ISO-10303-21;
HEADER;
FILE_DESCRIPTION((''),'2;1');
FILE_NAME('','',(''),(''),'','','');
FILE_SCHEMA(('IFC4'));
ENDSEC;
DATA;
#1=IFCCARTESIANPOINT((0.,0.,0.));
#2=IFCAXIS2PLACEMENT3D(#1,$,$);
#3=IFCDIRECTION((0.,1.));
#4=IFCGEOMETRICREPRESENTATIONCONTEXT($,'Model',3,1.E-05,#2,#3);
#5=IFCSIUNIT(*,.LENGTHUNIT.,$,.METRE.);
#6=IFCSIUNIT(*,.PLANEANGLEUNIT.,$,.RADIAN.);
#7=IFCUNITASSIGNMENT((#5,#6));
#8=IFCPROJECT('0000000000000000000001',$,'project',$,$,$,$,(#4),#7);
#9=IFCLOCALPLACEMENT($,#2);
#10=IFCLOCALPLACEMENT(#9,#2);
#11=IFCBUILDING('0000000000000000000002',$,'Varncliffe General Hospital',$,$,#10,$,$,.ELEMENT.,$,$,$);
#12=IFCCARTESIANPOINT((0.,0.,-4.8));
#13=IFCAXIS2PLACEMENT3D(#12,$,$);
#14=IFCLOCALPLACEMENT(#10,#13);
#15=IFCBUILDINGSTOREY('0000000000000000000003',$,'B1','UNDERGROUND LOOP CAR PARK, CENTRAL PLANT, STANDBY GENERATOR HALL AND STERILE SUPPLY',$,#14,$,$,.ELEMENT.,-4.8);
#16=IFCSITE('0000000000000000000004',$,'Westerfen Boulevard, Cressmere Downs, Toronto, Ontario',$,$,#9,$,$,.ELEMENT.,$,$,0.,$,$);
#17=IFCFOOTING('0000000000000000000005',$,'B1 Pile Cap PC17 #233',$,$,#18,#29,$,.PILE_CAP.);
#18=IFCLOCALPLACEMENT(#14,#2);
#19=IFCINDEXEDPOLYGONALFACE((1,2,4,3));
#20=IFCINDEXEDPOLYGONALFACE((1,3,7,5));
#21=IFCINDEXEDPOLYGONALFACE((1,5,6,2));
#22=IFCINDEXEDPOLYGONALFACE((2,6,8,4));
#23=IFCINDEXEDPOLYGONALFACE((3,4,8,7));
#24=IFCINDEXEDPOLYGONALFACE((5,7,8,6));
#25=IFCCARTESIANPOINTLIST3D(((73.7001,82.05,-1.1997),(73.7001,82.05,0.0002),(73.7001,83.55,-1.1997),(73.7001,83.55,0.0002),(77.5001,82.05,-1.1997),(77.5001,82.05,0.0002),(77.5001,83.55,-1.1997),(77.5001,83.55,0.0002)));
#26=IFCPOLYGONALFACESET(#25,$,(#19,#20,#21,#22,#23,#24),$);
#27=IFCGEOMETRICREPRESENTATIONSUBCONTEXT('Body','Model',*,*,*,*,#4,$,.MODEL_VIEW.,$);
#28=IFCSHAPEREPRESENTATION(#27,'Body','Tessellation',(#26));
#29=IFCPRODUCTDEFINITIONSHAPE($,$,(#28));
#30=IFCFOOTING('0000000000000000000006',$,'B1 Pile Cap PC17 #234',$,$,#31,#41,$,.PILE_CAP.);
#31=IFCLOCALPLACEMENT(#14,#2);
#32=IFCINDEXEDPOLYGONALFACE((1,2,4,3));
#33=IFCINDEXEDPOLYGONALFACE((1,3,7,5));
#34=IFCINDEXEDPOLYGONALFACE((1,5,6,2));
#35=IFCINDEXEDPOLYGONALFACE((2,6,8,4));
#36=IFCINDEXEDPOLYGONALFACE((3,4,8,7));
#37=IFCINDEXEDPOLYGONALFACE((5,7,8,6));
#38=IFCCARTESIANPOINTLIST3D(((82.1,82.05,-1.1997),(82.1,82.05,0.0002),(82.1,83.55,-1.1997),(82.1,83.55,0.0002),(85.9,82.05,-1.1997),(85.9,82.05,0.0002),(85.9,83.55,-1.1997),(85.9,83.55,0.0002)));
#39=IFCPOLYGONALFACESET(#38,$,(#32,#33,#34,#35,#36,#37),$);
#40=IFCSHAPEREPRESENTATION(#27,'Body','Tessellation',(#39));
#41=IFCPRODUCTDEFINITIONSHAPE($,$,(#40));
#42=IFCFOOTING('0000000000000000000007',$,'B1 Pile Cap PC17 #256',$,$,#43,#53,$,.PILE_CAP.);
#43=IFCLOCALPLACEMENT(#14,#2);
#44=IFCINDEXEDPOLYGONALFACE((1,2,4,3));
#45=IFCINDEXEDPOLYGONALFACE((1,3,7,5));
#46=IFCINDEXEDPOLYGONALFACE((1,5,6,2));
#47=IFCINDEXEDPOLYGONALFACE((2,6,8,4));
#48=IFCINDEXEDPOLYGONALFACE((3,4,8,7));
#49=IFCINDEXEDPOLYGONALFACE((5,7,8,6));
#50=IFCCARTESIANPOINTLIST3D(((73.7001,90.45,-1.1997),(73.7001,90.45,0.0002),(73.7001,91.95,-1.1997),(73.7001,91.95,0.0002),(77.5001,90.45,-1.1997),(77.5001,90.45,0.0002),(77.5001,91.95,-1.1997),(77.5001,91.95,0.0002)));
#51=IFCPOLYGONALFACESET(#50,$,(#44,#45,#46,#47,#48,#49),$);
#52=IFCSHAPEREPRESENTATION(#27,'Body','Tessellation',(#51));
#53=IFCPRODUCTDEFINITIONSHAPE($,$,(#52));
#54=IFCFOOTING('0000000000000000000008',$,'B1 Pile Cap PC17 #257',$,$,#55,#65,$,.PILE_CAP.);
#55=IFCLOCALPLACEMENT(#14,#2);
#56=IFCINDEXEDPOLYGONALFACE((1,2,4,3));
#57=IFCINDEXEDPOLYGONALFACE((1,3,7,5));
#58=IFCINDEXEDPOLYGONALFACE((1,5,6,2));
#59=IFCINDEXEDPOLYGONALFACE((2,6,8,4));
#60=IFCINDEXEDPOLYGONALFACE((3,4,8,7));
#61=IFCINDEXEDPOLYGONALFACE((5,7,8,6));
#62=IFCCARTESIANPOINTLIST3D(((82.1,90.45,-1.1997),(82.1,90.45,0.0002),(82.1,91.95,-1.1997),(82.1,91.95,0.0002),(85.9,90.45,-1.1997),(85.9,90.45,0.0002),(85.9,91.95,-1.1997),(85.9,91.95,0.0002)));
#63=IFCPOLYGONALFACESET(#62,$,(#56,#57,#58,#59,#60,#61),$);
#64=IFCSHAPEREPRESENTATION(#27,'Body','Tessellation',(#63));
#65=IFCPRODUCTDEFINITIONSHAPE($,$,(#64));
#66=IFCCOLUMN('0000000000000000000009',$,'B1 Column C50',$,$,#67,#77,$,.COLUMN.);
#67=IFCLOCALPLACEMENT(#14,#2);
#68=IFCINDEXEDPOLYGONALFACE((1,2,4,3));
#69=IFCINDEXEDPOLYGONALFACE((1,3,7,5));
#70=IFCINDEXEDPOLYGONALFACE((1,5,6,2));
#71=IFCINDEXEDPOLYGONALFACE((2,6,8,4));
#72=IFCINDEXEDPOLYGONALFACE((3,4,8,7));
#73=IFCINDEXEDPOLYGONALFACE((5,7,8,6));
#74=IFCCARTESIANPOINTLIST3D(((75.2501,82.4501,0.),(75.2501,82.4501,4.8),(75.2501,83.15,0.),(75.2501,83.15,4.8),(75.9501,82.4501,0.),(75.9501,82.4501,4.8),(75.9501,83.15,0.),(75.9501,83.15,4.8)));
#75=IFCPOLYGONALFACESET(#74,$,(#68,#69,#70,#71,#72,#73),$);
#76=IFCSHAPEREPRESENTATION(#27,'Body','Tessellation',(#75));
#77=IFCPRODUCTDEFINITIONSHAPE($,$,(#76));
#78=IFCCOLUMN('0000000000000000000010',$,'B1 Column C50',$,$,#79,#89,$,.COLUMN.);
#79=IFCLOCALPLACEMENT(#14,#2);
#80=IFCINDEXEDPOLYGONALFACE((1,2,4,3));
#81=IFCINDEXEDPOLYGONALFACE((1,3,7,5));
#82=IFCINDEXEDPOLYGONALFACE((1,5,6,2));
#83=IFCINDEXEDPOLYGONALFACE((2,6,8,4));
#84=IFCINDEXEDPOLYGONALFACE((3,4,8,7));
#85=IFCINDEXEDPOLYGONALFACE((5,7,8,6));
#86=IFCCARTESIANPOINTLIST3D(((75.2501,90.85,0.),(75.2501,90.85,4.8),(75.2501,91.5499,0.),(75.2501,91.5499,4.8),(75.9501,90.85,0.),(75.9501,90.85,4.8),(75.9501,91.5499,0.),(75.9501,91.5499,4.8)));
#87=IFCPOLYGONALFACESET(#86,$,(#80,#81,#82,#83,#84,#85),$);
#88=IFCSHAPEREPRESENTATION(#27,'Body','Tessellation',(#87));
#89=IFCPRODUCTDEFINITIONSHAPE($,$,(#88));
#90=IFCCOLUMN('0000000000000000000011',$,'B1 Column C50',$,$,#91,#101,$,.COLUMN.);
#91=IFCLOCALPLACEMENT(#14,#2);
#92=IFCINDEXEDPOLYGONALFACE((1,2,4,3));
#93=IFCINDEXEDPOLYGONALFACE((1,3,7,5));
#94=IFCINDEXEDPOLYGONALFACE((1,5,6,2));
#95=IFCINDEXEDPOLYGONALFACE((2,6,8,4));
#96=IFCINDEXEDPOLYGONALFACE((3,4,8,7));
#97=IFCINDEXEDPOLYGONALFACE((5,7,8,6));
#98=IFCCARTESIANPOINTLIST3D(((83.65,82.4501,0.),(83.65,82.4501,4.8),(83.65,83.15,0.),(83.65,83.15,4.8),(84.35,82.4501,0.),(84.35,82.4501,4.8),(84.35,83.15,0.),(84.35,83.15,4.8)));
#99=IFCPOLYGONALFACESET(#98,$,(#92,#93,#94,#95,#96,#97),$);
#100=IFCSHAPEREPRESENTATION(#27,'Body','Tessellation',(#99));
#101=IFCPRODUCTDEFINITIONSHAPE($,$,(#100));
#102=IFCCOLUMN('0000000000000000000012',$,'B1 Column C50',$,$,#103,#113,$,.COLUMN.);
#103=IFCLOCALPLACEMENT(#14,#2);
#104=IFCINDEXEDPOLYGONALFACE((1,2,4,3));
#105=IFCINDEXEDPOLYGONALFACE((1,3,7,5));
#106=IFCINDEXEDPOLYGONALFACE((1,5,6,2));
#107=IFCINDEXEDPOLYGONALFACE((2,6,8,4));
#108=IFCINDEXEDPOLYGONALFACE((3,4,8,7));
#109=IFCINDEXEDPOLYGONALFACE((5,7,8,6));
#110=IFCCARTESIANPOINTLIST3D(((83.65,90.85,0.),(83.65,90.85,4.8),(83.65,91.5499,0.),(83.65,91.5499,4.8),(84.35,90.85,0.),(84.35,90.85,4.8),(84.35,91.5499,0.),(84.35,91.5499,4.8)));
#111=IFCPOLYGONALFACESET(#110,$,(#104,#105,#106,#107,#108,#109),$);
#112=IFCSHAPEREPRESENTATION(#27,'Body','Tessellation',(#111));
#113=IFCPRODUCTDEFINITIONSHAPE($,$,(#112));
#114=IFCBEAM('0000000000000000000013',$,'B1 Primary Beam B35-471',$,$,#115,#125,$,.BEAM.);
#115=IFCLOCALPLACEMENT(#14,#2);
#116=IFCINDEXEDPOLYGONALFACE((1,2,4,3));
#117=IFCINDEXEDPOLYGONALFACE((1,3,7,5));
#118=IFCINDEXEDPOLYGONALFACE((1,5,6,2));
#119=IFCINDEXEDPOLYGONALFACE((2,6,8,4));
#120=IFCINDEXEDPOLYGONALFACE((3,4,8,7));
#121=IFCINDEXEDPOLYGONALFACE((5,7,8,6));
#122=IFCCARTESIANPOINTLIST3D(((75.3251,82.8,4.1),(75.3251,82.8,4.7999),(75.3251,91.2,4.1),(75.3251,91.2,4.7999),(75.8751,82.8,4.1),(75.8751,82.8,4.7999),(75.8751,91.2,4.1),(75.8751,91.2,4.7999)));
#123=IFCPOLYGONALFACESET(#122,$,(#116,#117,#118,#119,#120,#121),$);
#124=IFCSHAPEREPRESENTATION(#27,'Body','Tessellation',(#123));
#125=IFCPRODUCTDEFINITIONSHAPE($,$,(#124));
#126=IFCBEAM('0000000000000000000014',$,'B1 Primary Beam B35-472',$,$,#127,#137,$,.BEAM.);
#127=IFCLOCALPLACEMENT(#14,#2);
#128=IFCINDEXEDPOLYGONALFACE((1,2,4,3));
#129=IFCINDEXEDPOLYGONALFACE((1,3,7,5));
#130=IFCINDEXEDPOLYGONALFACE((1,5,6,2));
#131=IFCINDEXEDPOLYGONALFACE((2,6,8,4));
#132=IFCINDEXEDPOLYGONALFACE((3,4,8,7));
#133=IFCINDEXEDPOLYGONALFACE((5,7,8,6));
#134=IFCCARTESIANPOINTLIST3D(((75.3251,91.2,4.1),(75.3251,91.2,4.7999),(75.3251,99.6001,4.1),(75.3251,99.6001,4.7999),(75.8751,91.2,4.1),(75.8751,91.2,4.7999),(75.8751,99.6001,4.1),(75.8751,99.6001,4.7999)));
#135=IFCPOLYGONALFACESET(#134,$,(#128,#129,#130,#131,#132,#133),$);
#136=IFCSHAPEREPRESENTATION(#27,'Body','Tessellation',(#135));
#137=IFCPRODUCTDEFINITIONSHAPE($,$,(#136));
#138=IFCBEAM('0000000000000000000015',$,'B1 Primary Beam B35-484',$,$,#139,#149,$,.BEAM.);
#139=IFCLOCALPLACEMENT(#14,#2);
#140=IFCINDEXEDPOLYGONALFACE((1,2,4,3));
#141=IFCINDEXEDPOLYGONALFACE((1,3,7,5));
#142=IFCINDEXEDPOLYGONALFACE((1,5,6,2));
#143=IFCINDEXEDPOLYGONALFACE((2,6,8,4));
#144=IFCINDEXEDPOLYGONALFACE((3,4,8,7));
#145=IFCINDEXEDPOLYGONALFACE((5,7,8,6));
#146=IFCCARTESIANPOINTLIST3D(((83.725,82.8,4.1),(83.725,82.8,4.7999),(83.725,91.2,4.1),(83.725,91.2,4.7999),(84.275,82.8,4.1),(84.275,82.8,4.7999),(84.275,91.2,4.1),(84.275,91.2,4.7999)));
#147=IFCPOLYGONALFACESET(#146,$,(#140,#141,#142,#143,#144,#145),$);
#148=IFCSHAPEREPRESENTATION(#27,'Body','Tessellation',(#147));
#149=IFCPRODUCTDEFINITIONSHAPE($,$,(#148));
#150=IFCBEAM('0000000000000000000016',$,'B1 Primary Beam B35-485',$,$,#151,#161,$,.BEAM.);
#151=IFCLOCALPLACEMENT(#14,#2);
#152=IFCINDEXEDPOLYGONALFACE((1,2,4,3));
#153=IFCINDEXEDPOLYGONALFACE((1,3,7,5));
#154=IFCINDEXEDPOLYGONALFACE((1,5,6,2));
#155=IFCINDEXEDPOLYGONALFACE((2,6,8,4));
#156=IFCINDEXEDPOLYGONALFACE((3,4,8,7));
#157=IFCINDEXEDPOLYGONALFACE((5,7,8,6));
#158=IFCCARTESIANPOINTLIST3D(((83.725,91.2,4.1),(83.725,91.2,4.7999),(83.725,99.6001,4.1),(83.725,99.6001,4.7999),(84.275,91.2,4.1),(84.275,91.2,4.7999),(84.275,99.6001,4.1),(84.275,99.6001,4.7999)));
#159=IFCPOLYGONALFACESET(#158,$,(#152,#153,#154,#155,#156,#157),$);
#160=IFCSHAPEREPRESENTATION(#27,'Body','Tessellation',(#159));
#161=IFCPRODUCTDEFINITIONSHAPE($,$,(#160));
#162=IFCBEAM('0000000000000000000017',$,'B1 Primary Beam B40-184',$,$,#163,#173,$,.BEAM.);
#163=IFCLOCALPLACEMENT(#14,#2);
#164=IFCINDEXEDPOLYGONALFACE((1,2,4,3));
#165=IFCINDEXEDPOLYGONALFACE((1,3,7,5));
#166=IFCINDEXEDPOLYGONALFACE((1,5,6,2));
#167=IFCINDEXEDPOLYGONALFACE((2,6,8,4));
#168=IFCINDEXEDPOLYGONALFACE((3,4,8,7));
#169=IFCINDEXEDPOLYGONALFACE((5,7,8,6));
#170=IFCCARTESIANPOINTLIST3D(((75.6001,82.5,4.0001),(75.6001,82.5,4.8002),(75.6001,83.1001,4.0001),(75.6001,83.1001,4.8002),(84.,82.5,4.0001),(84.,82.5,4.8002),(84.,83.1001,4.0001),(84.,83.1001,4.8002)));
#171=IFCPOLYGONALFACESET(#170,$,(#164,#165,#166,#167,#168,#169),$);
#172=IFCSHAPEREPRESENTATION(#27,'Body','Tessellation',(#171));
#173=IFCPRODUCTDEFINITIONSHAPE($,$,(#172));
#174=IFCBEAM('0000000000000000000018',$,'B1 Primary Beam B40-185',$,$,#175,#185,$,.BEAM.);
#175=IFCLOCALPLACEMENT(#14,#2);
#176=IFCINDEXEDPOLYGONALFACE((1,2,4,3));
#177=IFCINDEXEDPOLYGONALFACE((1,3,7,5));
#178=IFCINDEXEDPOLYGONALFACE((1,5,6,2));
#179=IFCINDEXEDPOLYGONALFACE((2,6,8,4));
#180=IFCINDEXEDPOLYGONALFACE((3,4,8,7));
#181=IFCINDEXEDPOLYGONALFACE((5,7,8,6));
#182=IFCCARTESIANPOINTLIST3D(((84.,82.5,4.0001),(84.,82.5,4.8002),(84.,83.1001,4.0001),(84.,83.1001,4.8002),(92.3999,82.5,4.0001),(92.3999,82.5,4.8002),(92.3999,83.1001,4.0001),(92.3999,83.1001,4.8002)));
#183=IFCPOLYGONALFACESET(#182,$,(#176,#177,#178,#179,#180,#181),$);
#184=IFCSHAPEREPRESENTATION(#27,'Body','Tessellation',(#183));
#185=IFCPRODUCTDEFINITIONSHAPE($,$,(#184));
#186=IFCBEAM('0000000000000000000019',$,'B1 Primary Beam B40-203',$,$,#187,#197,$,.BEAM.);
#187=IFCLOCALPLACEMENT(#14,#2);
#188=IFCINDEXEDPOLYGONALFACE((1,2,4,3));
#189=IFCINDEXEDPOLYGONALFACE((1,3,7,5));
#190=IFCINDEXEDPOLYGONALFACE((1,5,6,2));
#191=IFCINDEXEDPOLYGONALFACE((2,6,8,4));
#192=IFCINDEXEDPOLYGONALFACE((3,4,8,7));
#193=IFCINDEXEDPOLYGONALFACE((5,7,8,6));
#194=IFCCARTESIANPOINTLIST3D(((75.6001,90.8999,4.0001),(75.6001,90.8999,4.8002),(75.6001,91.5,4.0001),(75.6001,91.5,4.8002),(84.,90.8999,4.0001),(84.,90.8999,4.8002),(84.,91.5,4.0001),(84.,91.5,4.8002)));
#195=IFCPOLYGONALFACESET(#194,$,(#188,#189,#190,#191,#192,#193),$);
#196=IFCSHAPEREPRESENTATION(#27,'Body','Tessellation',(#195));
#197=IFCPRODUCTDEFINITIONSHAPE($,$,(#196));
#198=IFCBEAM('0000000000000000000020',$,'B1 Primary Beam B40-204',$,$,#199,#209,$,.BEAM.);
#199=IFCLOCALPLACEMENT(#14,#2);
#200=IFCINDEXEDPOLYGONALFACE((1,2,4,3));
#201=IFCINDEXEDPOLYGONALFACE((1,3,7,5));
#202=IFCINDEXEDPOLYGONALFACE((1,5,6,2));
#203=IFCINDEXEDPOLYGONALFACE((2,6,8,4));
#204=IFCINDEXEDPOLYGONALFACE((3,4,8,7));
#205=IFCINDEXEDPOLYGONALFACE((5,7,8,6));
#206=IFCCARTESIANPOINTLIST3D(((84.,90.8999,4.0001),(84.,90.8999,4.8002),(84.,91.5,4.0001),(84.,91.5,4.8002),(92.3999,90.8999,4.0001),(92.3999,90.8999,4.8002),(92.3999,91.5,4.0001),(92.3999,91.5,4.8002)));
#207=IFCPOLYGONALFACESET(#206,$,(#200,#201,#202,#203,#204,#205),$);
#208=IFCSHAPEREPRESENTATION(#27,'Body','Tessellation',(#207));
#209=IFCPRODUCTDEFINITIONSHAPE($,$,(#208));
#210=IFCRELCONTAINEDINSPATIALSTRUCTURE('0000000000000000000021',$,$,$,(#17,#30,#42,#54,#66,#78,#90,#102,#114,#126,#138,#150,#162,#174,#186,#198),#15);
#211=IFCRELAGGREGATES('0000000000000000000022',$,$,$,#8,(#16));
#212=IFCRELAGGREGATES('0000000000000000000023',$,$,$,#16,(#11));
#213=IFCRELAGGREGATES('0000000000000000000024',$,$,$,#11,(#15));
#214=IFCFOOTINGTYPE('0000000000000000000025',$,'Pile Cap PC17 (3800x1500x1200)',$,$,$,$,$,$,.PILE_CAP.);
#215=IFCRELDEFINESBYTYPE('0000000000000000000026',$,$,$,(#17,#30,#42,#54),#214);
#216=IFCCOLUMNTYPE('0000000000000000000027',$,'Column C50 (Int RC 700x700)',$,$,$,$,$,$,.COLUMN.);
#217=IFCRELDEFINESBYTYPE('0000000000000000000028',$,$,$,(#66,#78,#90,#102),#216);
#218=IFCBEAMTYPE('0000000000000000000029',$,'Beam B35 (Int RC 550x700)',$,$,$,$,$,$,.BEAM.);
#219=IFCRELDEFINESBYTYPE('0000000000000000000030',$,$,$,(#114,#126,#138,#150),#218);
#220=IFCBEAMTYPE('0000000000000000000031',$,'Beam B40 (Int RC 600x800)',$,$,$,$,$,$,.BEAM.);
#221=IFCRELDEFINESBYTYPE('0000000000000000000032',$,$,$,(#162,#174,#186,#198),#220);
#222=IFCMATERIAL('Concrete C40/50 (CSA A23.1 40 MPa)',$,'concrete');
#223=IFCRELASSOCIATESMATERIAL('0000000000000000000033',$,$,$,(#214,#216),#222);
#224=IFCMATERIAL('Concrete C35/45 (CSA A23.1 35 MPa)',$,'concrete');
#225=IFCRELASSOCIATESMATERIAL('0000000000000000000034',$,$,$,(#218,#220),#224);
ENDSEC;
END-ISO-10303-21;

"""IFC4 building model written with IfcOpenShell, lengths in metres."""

from ifc_helpers import new_model, si_unit, direction, frame, origin, origin_2d, place, context, subcontext, project, spatial, rectangle, extrude, material, material_profile, profile_set, type_object, element, save


model = new_model("IFC4")

# Units and contexts
model_context = context("Model", 3, precision=1e-05, world=origin(), true_north=direction((0.0, 1.0)))
body_context = subcontext(model_context, "Body", "Model", "MODEL_VIEW")
ifc_project = project(units=[si_unit("LENGTHUNIT", "METRE"), si_unit("PLANEANGLEUNIT", "RADIAN")], contexts=[model_context])

# Site, building, storey
site_placement = place(None, origin())
site = spatial("IfcSite", under=ifc_project, at=site_placement, Name="Westerfen Boulevard, Cressmere Downs, Toronto, Ontario", CompositionType="ELEMENT", RefElevation=0.0)
building_placement = place(site_placement, origin())
building = spatial("IfcBuilding", under=site, at=building_placement, Name="Varncliffe General Hospital", CompositionType="ELEMENT")
storey_placement = place(building_placement, frame((0.0, 0.0, -4.8)))
storey = spatial("IfcBuildingStorey", under=building, at=storey_placement, Name="B1", Description="UNDERGROUND LOOP CAR PARK, CENTRAL PLANT, STANDBY GENERATOR HALL AND STERILE SUPPLY", CompositionType="ELEMENT", Elevation=-4.8)

# Shared definitions
ifc_material_1 = material(Name="Concrete C40/50 (CSA A23.1 40 MPa)", Category="concrete")

# Footings
footing_type = type_object("IfcFootingType", Name="Pile Cap PC17 (3800x1500x1200)", PredefinedType="PILE_CAP", material=ifc_material_1)
for number, where, z_axis, x_axis, name in (
    (1, (75.6001, 82.8, -1.1997), (0.0, 0.0, 1.0), (1.0, 0.0, 0.0), "B1 Pile Cap PC17 #233"),
    (2, (84.0, 82.8, -1.1997), (0.0, 0.0, 1.0), (1.0, 0.0, 0.0), "B1 Pile Cap PC17 #234"),
    (3, (75.6001, 91.2, -1.1997), (0.0, 0.0, 1.0), (1.0, 0.0, 0.0), "B1 Pile Cap PC17 #256"),
    (4, (84.0, 91.2, -1.1997), (0.0, 0.0, 1.0), (1.0, 0.0, 0.0), "B1 Pile Cap PC17 #257"),
):
    element("IfcFooting", number, at=place(storey_placement, frame(where, z_axis=z_axis, x_axis=x_axis)), inside=storey, type_object=footing_type, Name=name, PredefinedType="PILE_CAP", context=body_context, shape_type="SweptSolid", body=[
        extrude(rectangle(XDim=3.8, YDim=1.5, at=origin_2d()), origin(), (0.0, 0.0, 1.0), 1.2),
    ])

# Columns
ifc_material_profile_1 = material_profile(ifc_material_1, rectangle(XDim=0.7, YDim=0.7, at=origin_2d()), Name="RC 700x700")
ifc_profile_set_1 = profile_set([ifc_material_profile_1], Name="Concrete C40/50 (CSA A23.1 40 MPa)")
column_type = type_object("IfcColumnType", Name="Column C50 (Int RC 700x700)", PredefinedType="COLUMN", material=ifc_profile_set_1)
for number, where, z_axis, x_axis, name in (
    (5, (75.6001, 82.8, 0.0), (0.0, 0.0, 1.0), (1.0, 0.0, 0.0), "B1 Column C50"),
    (6, (75.6001, 91.2, 0.0), (0.0, 0.0, 1.0), (1.0, 0.0, 0.0), "B1 Column C50"),
    (7, (84.0, 82.8, 0.0), (0.0, 0.0, 1.0), (1.0, 0.0, 0.0), "B1 Column C50"),
    (8, (84.0, 91.2, 0.0), (0.0, 0.0, 1.0), (1.0, 0.0, 0.0), "B1 Column C50"),
):
    element("IfcColumn", number, at=place(storey_placement, frame(where, z_axis=z_axis, x_axis=x_axis)), inside=storey, type_object=column_type, Name=name, PredefinedType="COLUMN", context=body_context, shape_type="SweptSolid", body=[
        extrude(rectangle(XDim=0.7, YDim=0.7, at=origin_2d()), origin(), (0.0, 0.0, 1.0), 4.8),
    ])

# Beams
ifc_material_2 = material(Name="Concrete C35/45 (CSA A23.1 35 MPa)", Category="concrete")
ifc_material_profile_2 = material_profile(ifc_material_2, rectangle(XDim=0.55, YDim=0.7, at=origin_2d()), Name="RC 550x700")
ifc_profile_set_2 = profile_set([ifc_material_profile_2], Name="Concrete C35/45 (CSA A23.1 35 MPa)")
beam_type_1 = type_object("IfcBeamType", Name="Beam B35 (Int RC 550x700)", PredefinedType="BEAM", material=ifc_profile_set_2)
beam_1_placement = place(storey_placement, frame((75.6001, 82.8, 4.45), z_axis=(0.0, 1.0, 0.0), x_axis=(-1.0, 0.0, 0.0)))
element("IfcBeam", 9, at=beam_1_placement, inside=storey, type_object=beam_type_1, Name="B1 Primary Beam B35-471", PredefinedType="BEAM", context=body_context, shape_type="SweptSolid", body=[
    extrude(rectangle(XDim=0.55, YDim=0.7, at=origin_2d()), origin(), (0.0, 0.0, 1.0), 8.3999),
])
beam_2_placement = place(storey_placement, frame((75.6001, 91.2, 4.45), z_axis=(0.0, 1.0, 0.0), x_axis=(-1.0, 0.0, 0.0)))
element("IfcBeam", 10, at=beam_2_placement, inside=storey, type_object=beam_type_1, Name="B1 Primary Beam B35-472", PredefinedType="BEAM", context=body_context, shape_type="SweptSolid", body=[
    extrude(rectangle(XDim=0.55, YDim=0.7, at=origin_2d()), origin(), (0.0, 0.0, 1.0), 8.4001),
])
beam_3_placement = place(storey_placement, frame((84.0, 82.8, 4.45), z_axis=(0.0, 1.0, 0.0), x_axis=(-1.0, 0.0, 0.0)))
element("IfcBeam", 11, at=beam_3_placement, inside=storey, type_object=beam_type_1, Name="B1 Primary Beam B35-484", PredefinedType="BEAM", context=body_context, shape_type="SweptSolid", body=[
    extrude(rectangle(XDim=0.55, YDim=0.7, at=origin_2d()), origin(), (0.0, 0.0, 1.0), 8.3999),
])
beam_4_placement = place(storey_placement, frame((84.0, 91.2, 4.45), z_axis=(0.0, 1.0, 0.0), x_axis=(-1.0, 0.0, 0.0)))
element("IfcBeam", 12, at=beam_4_placement, inside=storey, type_object=beam_type_1, Name="B1 Primary Beam B35-485", PredefinedType="BEAM", context=body_context, shape_type="SweptSolid", body=[
    extrude(rectangle(XDim=0.55, YDim=0.7, at=origin_2d()), origin(), (0.0, 0.0, 1.0), 8.4001),
])
ifc_material_profile_3 = material_profile(ifc_material_2, rectangle(XDim=0.6001, YDim=0.8, at=origin_2d()), Name="RC 600x800")
ifc_profile_set_3 = profile_set([ifc_material_profile_3], Name="Concrete C35/45 (CSA A23.1 35 MPa)")
beam_type_2 = type_object("IfcBeamType", Name="Beam B40 (Int RC 600x800)", PredefinedType="BEAM", material=ifc_profile_set_3)
for number, where, z_axis, x_axis, name in (
    (13, (75.6001, 82.8, 4.4001), (1.0, 0.0, 0.0), (0.0, 1.0, 0.0), "B1 Primary Beam B40-184"),
    (14, (84.0, 82.8, 4.4001), (1.0, 0.0, 0.0), (0.0, 1.0, 0.0), "B1 Primary Beam B40-185"),
    (15, (75.6001, 91.2, 4.4001), (1.0, 0.0, 0.0), (0.0, 1.0, 0.0), "B1 Primary Beam B40-203"),
    (16, (84.0, 91.2, 4.4001), (1.0, 0.0, 0.0), (0.0, 1.0, 0.0), "B1 Primary Beam B40-204"),
):
    element("IfcBeam", number, at=place(storey_placement, frame(where, z_axis=z_axis, x_axis=x_axis)), inside=storey, type_object=beam_type_2, Name=name, PredefinedType="BEAM", context=body_context, shape_type="SweptSolid", body=[
        extrude(rectangle(XDim=0.6001, YDim=0.8, at=origin_2d()), origin(), (0.0, 0.0, 1.0), 8.3999),
    ])

save(model, "model.ifc")
